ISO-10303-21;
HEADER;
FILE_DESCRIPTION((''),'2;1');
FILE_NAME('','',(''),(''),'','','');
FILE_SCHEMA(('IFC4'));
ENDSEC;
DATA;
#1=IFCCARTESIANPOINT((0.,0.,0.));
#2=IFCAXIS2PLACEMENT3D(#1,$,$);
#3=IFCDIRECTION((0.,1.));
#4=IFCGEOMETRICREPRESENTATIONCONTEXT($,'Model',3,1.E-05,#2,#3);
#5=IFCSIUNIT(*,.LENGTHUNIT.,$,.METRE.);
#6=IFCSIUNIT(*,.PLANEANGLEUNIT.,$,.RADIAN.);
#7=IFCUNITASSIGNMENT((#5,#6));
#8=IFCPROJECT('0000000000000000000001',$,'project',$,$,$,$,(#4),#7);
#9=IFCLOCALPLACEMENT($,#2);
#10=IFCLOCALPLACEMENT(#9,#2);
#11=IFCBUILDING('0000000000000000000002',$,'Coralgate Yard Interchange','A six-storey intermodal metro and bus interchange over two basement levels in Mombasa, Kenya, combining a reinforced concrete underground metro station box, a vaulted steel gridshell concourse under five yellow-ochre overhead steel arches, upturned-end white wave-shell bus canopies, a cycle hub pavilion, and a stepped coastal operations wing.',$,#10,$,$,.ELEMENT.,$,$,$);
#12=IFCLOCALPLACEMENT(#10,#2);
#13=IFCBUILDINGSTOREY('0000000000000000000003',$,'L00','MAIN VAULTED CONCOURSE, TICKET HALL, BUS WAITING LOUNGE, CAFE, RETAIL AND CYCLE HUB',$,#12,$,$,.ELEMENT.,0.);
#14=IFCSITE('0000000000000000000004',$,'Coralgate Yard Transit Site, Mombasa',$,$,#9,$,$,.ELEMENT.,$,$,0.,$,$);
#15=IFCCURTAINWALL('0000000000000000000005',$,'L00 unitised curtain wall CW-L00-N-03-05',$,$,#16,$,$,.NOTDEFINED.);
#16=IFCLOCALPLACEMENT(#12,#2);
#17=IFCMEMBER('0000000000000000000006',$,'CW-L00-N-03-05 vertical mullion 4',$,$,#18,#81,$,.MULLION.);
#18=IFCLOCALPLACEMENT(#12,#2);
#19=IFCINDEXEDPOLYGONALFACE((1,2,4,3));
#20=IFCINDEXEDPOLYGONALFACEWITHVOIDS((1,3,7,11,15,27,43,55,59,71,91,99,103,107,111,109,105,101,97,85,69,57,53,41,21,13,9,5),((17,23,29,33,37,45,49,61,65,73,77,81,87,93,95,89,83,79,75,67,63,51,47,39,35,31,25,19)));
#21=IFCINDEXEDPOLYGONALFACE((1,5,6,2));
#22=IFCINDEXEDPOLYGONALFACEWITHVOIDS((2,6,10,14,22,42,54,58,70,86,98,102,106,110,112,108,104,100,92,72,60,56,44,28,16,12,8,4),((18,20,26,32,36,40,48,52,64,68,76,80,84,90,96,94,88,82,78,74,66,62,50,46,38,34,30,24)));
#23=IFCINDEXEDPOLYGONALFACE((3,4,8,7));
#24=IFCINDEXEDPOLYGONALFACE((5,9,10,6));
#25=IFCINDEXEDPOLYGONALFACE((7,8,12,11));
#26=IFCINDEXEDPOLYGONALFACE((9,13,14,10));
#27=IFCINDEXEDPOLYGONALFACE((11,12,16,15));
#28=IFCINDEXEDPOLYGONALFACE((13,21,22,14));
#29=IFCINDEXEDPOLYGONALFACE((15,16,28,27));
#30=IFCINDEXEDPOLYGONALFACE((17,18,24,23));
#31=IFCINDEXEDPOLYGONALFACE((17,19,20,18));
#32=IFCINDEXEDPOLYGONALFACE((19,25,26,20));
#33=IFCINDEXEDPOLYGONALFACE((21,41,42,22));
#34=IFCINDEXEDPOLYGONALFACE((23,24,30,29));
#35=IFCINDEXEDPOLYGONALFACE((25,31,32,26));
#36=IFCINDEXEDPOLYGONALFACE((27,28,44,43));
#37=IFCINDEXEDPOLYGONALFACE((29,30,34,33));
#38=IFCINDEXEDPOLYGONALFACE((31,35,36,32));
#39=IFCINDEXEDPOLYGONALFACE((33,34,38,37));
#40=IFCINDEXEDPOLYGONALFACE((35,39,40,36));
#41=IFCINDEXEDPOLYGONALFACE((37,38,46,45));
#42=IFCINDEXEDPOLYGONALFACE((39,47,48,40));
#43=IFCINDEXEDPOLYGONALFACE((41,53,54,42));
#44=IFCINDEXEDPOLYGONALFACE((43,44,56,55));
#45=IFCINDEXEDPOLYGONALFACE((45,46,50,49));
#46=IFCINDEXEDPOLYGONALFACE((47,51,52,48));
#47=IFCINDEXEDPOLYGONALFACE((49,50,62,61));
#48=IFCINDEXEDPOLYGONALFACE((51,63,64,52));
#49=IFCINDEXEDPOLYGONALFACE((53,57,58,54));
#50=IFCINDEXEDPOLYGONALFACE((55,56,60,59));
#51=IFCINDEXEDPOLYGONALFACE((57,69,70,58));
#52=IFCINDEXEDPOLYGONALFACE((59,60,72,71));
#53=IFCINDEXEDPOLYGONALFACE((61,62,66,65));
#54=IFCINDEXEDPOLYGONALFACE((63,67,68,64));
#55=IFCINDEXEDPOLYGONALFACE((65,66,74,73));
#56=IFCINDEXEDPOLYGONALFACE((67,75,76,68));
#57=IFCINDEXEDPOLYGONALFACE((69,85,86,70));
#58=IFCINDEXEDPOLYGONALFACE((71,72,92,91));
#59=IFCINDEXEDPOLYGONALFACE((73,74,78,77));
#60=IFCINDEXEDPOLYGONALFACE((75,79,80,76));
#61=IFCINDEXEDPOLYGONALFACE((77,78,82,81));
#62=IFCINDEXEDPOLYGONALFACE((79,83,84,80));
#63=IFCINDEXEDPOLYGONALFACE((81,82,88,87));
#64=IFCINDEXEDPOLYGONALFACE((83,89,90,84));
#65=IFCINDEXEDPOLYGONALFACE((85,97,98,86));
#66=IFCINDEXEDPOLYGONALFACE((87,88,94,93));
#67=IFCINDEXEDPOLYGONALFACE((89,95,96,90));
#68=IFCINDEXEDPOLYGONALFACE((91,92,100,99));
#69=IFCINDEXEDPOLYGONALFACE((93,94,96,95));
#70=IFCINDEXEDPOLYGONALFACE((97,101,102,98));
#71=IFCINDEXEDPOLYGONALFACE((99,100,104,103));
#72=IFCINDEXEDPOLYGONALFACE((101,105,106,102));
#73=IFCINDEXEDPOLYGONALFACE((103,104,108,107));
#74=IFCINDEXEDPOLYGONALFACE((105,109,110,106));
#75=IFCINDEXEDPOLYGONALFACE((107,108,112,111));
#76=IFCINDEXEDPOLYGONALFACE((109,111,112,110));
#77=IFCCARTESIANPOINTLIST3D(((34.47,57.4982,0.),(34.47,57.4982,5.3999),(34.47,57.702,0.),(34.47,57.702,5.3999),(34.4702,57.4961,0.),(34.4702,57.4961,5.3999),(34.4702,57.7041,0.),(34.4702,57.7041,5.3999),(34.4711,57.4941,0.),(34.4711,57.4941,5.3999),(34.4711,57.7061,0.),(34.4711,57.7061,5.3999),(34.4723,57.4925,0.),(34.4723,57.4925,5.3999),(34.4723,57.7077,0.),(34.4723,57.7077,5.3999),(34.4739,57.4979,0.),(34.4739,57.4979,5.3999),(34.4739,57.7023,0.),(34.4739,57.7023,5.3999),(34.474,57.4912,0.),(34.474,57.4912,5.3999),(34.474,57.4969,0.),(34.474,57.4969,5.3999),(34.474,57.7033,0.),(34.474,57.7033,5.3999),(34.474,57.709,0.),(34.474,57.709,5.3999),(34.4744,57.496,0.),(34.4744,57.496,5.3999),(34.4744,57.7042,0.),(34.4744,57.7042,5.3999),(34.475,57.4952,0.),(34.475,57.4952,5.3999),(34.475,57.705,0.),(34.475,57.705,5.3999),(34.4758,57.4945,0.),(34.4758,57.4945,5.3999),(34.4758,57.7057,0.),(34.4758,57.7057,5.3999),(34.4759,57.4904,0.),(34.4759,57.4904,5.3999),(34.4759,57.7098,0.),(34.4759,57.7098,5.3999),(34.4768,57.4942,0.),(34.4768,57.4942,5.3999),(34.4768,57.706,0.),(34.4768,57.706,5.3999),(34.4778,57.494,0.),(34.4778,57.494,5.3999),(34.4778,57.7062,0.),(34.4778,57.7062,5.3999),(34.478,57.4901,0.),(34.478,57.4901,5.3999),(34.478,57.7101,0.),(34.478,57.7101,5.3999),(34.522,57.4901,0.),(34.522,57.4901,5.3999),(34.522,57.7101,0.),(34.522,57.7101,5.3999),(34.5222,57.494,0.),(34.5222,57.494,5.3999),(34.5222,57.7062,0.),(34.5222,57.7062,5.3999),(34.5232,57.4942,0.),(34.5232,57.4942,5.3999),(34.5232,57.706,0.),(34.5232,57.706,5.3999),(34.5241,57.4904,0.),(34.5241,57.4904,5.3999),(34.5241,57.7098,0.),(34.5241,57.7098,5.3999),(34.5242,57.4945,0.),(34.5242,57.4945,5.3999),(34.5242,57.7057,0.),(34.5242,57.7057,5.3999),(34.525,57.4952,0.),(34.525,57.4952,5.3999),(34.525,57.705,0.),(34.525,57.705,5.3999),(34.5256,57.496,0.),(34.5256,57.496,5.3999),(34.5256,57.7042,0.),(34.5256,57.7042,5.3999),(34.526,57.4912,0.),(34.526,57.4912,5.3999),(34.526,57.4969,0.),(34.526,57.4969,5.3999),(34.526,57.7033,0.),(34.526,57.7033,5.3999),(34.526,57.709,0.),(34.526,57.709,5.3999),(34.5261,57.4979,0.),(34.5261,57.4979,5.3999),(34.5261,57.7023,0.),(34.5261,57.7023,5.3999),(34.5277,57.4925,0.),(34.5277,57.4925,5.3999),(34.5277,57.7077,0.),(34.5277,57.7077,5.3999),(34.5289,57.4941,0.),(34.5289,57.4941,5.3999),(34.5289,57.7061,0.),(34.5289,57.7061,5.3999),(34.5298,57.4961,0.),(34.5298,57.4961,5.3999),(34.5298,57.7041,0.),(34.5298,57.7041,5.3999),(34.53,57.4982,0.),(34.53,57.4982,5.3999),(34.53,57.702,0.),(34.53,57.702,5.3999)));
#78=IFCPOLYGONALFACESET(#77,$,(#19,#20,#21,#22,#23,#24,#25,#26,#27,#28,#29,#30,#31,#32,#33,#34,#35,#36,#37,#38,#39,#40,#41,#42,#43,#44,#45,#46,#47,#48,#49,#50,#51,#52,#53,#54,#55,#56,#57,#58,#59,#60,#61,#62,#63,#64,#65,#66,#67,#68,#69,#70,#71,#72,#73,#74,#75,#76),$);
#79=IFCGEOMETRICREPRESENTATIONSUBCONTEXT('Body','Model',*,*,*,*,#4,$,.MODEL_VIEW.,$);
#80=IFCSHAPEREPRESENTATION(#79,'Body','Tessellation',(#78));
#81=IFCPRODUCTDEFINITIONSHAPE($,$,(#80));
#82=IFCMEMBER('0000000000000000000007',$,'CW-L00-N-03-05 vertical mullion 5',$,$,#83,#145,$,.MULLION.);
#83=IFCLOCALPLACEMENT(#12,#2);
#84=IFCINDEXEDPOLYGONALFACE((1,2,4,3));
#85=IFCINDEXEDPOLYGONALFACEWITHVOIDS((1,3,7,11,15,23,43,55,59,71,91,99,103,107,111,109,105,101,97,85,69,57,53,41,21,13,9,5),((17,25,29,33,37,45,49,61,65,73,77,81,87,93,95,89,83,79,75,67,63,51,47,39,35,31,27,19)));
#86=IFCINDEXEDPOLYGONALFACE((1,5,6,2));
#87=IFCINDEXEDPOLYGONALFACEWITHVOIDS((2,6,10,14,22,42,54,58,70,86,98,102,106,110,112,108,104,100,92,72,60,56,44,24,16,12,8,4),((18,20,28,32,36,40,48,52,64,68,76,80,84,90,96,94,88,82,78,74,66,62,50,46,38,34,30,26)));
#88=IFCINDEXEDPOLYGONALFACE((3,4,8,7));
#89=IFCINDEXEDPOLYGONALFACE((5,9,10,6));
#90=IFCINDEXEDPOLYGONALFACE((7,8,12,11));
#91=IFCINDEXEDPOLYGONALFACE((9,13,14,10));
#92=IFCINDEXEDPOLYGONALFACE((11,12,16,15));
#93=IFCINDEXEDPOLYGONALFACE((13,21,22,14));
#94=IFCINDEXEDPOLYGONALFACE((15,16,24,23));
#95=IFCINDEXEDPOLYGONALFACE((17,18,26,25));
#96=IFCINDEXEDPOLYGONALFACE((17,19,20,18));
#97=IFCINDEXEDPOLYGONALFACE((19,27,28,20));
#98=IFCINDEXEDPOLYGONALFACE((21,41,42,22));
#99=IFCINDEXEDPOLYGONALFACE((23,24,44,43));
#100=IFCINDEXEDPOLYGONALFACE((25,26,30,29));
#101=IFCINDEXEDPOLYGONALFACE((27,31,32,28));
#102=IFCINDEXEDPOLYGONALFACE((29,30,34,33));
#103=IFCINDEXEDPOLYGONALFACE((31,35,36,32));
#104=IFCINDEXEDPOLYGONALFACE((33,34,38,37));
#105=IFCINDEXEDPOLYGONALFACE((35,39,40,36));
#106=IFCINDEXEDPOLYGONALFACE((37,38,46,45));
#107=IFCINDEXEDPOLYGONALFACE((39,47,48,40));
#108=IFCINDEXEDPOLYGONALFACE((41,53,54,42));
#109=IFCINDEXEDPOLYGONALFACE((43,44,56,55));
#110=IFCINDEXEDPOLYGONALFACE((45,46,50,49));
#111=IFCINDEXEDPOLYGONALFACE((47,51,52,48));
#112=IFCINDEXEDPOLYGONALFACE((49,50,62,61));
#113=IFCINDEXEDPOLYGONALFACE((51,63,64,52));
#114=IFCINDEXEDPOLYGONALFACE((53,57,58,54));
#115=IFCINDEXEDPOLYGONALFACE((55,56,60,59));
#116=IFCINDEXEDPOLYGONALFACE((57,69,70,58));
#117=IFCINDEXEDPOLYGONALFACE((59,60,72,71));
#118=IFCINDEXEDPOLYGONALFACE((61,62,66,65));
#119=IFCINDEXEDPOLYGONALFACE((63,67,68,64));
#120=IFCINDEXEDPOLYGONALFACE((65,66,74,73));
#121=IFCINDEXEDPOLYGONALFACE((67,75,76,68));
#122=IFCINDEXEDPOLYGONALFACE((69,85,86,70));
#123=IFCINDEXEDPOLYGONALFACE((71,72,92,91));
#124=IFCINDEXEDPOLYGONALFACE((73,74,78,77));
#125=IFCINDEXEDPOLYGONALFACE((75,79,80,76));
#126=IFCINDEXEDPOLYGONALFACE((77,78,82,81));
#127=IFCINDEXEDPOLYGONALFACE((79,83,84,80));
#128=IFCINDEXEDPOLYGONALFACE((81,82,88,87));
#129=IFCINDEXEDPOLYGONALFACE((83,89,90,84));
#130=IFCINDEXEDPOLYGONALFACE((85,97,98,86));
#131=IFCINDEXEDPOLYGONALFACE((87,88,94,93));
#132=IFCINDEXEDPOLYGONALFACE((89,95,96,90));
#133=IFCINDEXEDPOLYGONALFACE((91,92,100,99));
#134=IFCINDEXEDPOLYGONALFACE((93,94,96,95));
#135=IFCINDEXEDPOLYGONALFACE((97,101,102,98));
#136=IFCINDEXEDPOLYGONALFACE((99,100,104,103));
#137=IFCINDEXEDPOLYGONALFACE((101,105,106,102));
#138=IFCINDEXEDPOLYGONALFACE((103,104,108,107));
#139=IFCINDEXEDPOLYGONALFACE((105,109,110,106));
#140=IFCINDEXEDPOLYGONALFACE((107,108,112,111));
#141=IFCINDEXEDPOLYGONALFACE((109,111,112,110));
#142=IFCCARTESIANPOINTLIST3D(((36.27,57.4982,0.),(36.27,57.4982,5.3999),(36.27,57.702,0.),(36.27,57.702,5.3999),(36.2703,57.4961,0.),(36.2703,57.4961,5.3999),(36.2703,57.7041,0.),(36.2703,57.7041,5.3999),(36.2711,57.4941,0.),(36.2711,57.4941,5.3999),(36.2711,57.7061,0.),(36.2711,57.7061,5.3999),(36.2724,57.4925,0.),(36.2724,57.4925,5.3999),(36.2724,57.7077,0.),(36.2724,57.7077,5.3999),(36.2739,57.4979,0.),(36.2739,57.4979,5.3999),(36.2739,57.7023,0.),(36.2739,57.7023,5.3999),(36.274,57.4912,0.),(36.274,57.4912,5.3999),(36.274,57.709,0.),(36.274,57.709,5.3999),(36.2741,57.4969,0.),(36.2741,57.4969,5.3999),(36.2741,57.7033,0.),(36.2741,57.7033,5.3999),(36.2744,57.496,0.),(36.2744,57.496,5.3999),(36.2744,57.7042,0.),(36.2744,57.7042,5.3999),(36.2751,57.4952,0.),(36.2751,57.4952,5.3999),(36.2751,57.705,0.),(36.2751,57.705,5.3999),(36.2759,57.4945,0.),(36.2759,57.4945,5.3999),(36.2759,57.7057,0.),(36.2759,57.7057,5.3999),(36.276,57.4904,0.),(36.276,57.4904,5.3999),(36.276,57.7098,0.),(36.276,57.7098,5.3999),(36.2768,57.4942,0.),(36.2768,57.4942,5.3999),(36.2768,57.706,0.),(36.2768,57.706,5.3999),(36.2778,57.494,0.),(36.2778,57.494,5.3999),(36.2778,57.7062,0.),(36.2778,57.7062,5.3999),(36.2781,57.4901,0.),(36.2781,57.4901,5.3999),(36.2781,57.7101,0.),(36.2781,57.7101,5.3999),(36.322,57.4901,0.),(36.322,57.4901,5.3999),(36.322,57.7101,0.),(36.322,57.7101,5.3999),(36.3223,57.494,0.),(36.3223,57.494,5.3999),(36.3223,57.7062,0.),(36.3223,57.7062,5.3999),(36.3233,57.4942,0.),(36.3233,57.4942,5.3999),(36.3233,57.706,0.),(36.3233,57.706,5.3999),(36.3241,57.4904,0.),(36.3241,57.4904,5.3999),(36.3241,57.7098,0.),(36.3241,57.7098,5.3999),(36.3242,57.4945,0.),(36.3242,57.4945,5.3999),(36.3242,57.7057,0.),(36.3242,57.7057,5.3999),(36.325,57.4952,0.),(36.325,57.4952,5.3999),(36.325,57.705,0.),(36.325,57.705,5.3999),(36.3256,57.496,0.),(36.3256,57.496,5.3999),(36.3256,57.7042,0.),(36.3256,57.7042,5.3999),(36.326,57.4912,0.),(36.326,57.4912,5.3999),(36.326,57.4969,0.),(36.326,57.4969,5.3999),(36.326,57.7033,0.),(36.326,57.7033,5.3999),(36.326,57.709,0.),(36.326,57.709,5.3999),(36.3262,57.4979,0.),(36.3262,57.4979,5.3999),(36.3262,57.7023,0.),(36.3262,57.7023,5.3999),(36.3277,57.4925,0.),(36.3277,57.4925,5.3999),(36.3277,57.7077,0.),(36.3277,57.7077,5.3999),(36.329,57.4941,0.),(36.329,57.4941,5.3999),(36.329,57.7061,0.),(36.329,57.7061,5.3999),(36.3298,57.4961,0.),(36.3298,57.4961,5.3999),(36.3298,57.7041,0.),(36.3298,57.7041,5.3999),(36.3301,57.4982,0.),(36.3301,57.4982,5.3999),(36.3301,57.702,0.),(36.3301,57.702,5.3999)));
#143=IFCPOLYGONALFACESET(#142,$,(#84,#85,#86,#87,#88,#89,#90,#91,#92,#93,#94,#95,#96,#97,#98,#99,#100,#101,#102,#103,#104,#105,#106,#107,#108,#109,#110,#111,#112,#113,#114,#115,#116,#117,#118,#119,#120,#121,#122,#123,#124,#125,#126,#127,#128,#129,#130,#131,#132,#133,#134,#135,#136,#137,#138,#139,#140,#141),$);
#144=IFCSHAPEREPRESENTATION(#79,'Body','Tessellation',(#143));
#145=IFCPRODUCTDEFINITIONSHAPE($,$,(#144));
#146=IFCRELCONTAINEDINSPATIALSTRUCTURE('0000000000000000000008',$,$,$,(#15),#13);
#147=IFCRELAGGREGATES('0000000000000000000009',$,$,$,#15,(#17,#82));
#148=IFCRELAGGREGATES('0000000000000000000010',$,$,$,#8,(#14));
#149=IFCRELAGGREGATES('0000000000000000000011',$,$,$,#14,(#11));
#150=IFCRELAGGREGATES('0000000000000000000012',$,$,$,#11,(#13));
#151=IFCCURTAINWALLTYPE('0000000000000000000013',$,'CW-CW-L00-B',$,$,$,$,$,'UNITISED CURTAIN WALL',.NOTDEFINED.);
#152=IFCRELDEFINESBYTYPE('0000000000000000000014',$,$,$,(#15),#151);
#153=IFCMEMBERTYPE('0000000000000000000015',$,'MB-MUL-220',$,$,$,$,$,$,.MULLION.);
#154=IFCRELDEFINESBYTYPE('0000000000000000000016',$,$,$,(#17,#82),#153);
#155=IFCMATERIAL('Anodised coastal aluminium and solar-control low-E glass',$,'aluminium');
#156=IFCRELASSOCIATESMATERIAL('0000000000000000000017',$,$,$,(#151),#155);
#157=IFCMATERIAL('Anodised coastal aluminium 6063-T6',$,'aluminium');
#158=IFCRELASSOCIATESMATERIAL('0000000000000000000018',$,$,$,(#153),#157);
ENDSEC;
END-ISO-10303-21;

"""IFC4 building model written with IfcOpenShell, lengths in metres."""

from ifc_helpers import new_model, si_unit, direction, frame, origin, origin_2d, place, context, subcontext, project, spatial, hollow_rectangle, extrude, material, material_profile, profile_set, type_object, element, aggregate, save


model = new_model("IFC4")

# Units and contexts
model_context = context("Model", 3, precision=1e-05, world=origin(), true_north=direction((0.0, 1.0)))
body_context = subcontext(model_context, "Body", "Model", "MODEL_VIEW")
ifc_project = project(units=[si_unit("LENGTHUNIT", "METRE"), si_unit("PLANEANGLEUNIT", "RADIAN")], contexts=[model_context])

# Site, building, storey
site_placement = place(None, origin())
site = spatial("IfcSite", under=ifc_project, at=site_placement, Name="Coralgate Yard Transit Site, Mombasa", CompositionType="ELEMENT", RefElevation=0.0)
building_placement = place(site_placement, origin())
building = spatial("IfcBuilding", under=site, at=building_placement, Name="Coralgate Yard Interchange", Description="A six-storey intermodal metro and bus interchange over two basement levels in Mombasa, Kenya, combining a reinforced concrete underground metro station box, a vaulted steel gridshell concourse under five yellow-ochre overhead steel arches, upturned-end white wave-shell bus canopies, a cycle hub pavilion, and a stepped coastal operations wing.", CompositionType="ELEMENT")
storey_placement = place(building_placement, origin())
storey = spatial("IfcBuildingStorey", under=building, at=storey_placement, Name="L00", Description="MAIN VAULTED CONCOURSE, TICKET HALL, BUS WAITING LOUNGE, CAFE, RETAIL AND CYCLE HUB", CompositionType="ELEMENT", Elevation=0.0)

# Curtain wall, members
ifc_material_1 = material(Name="Anodised coastal aluminium and solar-control low-E glass", Category="aluminium")
curtain_wall_type = type_object("IfcCurtainWallType", Name="CW-CW-L00-B", ElementType="UNITISED CURTAIN WALL", PredefinedType="NOTDEFINED", material=ifc_material_1)
curtain_wall_placement = place(storey_placement, origin())
curtain_wall = element("IfcCurtainWall", 1, at=curtain_wall_placement, inside=storey, type_object=curtain_wall_type, Name="L00 unitised curtain wall CW-L00-N-03-05", PredefinedType="NOTDEFINED")
ifc_material_2 = material(Name="Anodised coastal aluminium 6063-T6", Category="aluminium")
ifc_material_profile_1 = material_profile(ifc_material_2, hollow_rectangle(XDim=0.0601, YDim=0.22, WallThickness=0.0039, InnerFilletRadius=0.0039, OuterFilletRadius=0.0081, at=origin_2d()), Name="ALU 60x220x4")
ifc_profile_set_1 = profile_set([ifc_material_profile_1], Name="Anodised coastal aluminium 6063-T6")
member_type_1 = type_object("IfcMemberType", Name="MB-MUL-220", PredefinedType="MULLION", material=ifc_profile_set_1)
member_1_placement = place(storey_placement, frame((34.5, 57.6001, 0.0), z_axis=(0.0, 0.0, 1.0), x_axis=(1.0, 0.0, 0.0)))
member_1 = element("IfcMember", 2, at=member_1_placement, type_object=member_type_1, Name="CW-L00-N-03-05 vertical mullion 4", PredefinedType="MULLION", context=body_context, shape_type="SweptSolid", body=[
    extrude(hollow_rectangle(XDim=0.0601, YDim=0.22, WallThickness=0.0039, InnerFilletRadius=0.0039, OuterFilletRadius=0.0081, at=origin_2d()), origin(), (0.0, 0.0, 1.0), 5.3999),
])
member_2_placement = place(storey_placement, frame((36.3, 57.6001, 0.0), z_axis=(0.0, 0.0, 1.0), x_axis=(1.0, 0.0, 0.0)))
member_2 = element("IfcMember", 3, at=member_2_placement, type_object=member_type_1, Name="CW-L00-N-03-05 vertical mullion 5", PredefinedType="MULLION", context=body_context, shape_type="SweptSolid", body=[
    extrude(hollow_rectangle(XDim=0.0601, YDim=0.22, WallThickness=0.0039, InnerFilletRadius=0.0039, OuterFilletRadius=0.0081, at=origin_2d()), origin(), (0.0, 0.0, 1.0), 5.3999),
])
aggregate(curtain_wall, [member_1, member_2])

save(model, "model.ifc")
